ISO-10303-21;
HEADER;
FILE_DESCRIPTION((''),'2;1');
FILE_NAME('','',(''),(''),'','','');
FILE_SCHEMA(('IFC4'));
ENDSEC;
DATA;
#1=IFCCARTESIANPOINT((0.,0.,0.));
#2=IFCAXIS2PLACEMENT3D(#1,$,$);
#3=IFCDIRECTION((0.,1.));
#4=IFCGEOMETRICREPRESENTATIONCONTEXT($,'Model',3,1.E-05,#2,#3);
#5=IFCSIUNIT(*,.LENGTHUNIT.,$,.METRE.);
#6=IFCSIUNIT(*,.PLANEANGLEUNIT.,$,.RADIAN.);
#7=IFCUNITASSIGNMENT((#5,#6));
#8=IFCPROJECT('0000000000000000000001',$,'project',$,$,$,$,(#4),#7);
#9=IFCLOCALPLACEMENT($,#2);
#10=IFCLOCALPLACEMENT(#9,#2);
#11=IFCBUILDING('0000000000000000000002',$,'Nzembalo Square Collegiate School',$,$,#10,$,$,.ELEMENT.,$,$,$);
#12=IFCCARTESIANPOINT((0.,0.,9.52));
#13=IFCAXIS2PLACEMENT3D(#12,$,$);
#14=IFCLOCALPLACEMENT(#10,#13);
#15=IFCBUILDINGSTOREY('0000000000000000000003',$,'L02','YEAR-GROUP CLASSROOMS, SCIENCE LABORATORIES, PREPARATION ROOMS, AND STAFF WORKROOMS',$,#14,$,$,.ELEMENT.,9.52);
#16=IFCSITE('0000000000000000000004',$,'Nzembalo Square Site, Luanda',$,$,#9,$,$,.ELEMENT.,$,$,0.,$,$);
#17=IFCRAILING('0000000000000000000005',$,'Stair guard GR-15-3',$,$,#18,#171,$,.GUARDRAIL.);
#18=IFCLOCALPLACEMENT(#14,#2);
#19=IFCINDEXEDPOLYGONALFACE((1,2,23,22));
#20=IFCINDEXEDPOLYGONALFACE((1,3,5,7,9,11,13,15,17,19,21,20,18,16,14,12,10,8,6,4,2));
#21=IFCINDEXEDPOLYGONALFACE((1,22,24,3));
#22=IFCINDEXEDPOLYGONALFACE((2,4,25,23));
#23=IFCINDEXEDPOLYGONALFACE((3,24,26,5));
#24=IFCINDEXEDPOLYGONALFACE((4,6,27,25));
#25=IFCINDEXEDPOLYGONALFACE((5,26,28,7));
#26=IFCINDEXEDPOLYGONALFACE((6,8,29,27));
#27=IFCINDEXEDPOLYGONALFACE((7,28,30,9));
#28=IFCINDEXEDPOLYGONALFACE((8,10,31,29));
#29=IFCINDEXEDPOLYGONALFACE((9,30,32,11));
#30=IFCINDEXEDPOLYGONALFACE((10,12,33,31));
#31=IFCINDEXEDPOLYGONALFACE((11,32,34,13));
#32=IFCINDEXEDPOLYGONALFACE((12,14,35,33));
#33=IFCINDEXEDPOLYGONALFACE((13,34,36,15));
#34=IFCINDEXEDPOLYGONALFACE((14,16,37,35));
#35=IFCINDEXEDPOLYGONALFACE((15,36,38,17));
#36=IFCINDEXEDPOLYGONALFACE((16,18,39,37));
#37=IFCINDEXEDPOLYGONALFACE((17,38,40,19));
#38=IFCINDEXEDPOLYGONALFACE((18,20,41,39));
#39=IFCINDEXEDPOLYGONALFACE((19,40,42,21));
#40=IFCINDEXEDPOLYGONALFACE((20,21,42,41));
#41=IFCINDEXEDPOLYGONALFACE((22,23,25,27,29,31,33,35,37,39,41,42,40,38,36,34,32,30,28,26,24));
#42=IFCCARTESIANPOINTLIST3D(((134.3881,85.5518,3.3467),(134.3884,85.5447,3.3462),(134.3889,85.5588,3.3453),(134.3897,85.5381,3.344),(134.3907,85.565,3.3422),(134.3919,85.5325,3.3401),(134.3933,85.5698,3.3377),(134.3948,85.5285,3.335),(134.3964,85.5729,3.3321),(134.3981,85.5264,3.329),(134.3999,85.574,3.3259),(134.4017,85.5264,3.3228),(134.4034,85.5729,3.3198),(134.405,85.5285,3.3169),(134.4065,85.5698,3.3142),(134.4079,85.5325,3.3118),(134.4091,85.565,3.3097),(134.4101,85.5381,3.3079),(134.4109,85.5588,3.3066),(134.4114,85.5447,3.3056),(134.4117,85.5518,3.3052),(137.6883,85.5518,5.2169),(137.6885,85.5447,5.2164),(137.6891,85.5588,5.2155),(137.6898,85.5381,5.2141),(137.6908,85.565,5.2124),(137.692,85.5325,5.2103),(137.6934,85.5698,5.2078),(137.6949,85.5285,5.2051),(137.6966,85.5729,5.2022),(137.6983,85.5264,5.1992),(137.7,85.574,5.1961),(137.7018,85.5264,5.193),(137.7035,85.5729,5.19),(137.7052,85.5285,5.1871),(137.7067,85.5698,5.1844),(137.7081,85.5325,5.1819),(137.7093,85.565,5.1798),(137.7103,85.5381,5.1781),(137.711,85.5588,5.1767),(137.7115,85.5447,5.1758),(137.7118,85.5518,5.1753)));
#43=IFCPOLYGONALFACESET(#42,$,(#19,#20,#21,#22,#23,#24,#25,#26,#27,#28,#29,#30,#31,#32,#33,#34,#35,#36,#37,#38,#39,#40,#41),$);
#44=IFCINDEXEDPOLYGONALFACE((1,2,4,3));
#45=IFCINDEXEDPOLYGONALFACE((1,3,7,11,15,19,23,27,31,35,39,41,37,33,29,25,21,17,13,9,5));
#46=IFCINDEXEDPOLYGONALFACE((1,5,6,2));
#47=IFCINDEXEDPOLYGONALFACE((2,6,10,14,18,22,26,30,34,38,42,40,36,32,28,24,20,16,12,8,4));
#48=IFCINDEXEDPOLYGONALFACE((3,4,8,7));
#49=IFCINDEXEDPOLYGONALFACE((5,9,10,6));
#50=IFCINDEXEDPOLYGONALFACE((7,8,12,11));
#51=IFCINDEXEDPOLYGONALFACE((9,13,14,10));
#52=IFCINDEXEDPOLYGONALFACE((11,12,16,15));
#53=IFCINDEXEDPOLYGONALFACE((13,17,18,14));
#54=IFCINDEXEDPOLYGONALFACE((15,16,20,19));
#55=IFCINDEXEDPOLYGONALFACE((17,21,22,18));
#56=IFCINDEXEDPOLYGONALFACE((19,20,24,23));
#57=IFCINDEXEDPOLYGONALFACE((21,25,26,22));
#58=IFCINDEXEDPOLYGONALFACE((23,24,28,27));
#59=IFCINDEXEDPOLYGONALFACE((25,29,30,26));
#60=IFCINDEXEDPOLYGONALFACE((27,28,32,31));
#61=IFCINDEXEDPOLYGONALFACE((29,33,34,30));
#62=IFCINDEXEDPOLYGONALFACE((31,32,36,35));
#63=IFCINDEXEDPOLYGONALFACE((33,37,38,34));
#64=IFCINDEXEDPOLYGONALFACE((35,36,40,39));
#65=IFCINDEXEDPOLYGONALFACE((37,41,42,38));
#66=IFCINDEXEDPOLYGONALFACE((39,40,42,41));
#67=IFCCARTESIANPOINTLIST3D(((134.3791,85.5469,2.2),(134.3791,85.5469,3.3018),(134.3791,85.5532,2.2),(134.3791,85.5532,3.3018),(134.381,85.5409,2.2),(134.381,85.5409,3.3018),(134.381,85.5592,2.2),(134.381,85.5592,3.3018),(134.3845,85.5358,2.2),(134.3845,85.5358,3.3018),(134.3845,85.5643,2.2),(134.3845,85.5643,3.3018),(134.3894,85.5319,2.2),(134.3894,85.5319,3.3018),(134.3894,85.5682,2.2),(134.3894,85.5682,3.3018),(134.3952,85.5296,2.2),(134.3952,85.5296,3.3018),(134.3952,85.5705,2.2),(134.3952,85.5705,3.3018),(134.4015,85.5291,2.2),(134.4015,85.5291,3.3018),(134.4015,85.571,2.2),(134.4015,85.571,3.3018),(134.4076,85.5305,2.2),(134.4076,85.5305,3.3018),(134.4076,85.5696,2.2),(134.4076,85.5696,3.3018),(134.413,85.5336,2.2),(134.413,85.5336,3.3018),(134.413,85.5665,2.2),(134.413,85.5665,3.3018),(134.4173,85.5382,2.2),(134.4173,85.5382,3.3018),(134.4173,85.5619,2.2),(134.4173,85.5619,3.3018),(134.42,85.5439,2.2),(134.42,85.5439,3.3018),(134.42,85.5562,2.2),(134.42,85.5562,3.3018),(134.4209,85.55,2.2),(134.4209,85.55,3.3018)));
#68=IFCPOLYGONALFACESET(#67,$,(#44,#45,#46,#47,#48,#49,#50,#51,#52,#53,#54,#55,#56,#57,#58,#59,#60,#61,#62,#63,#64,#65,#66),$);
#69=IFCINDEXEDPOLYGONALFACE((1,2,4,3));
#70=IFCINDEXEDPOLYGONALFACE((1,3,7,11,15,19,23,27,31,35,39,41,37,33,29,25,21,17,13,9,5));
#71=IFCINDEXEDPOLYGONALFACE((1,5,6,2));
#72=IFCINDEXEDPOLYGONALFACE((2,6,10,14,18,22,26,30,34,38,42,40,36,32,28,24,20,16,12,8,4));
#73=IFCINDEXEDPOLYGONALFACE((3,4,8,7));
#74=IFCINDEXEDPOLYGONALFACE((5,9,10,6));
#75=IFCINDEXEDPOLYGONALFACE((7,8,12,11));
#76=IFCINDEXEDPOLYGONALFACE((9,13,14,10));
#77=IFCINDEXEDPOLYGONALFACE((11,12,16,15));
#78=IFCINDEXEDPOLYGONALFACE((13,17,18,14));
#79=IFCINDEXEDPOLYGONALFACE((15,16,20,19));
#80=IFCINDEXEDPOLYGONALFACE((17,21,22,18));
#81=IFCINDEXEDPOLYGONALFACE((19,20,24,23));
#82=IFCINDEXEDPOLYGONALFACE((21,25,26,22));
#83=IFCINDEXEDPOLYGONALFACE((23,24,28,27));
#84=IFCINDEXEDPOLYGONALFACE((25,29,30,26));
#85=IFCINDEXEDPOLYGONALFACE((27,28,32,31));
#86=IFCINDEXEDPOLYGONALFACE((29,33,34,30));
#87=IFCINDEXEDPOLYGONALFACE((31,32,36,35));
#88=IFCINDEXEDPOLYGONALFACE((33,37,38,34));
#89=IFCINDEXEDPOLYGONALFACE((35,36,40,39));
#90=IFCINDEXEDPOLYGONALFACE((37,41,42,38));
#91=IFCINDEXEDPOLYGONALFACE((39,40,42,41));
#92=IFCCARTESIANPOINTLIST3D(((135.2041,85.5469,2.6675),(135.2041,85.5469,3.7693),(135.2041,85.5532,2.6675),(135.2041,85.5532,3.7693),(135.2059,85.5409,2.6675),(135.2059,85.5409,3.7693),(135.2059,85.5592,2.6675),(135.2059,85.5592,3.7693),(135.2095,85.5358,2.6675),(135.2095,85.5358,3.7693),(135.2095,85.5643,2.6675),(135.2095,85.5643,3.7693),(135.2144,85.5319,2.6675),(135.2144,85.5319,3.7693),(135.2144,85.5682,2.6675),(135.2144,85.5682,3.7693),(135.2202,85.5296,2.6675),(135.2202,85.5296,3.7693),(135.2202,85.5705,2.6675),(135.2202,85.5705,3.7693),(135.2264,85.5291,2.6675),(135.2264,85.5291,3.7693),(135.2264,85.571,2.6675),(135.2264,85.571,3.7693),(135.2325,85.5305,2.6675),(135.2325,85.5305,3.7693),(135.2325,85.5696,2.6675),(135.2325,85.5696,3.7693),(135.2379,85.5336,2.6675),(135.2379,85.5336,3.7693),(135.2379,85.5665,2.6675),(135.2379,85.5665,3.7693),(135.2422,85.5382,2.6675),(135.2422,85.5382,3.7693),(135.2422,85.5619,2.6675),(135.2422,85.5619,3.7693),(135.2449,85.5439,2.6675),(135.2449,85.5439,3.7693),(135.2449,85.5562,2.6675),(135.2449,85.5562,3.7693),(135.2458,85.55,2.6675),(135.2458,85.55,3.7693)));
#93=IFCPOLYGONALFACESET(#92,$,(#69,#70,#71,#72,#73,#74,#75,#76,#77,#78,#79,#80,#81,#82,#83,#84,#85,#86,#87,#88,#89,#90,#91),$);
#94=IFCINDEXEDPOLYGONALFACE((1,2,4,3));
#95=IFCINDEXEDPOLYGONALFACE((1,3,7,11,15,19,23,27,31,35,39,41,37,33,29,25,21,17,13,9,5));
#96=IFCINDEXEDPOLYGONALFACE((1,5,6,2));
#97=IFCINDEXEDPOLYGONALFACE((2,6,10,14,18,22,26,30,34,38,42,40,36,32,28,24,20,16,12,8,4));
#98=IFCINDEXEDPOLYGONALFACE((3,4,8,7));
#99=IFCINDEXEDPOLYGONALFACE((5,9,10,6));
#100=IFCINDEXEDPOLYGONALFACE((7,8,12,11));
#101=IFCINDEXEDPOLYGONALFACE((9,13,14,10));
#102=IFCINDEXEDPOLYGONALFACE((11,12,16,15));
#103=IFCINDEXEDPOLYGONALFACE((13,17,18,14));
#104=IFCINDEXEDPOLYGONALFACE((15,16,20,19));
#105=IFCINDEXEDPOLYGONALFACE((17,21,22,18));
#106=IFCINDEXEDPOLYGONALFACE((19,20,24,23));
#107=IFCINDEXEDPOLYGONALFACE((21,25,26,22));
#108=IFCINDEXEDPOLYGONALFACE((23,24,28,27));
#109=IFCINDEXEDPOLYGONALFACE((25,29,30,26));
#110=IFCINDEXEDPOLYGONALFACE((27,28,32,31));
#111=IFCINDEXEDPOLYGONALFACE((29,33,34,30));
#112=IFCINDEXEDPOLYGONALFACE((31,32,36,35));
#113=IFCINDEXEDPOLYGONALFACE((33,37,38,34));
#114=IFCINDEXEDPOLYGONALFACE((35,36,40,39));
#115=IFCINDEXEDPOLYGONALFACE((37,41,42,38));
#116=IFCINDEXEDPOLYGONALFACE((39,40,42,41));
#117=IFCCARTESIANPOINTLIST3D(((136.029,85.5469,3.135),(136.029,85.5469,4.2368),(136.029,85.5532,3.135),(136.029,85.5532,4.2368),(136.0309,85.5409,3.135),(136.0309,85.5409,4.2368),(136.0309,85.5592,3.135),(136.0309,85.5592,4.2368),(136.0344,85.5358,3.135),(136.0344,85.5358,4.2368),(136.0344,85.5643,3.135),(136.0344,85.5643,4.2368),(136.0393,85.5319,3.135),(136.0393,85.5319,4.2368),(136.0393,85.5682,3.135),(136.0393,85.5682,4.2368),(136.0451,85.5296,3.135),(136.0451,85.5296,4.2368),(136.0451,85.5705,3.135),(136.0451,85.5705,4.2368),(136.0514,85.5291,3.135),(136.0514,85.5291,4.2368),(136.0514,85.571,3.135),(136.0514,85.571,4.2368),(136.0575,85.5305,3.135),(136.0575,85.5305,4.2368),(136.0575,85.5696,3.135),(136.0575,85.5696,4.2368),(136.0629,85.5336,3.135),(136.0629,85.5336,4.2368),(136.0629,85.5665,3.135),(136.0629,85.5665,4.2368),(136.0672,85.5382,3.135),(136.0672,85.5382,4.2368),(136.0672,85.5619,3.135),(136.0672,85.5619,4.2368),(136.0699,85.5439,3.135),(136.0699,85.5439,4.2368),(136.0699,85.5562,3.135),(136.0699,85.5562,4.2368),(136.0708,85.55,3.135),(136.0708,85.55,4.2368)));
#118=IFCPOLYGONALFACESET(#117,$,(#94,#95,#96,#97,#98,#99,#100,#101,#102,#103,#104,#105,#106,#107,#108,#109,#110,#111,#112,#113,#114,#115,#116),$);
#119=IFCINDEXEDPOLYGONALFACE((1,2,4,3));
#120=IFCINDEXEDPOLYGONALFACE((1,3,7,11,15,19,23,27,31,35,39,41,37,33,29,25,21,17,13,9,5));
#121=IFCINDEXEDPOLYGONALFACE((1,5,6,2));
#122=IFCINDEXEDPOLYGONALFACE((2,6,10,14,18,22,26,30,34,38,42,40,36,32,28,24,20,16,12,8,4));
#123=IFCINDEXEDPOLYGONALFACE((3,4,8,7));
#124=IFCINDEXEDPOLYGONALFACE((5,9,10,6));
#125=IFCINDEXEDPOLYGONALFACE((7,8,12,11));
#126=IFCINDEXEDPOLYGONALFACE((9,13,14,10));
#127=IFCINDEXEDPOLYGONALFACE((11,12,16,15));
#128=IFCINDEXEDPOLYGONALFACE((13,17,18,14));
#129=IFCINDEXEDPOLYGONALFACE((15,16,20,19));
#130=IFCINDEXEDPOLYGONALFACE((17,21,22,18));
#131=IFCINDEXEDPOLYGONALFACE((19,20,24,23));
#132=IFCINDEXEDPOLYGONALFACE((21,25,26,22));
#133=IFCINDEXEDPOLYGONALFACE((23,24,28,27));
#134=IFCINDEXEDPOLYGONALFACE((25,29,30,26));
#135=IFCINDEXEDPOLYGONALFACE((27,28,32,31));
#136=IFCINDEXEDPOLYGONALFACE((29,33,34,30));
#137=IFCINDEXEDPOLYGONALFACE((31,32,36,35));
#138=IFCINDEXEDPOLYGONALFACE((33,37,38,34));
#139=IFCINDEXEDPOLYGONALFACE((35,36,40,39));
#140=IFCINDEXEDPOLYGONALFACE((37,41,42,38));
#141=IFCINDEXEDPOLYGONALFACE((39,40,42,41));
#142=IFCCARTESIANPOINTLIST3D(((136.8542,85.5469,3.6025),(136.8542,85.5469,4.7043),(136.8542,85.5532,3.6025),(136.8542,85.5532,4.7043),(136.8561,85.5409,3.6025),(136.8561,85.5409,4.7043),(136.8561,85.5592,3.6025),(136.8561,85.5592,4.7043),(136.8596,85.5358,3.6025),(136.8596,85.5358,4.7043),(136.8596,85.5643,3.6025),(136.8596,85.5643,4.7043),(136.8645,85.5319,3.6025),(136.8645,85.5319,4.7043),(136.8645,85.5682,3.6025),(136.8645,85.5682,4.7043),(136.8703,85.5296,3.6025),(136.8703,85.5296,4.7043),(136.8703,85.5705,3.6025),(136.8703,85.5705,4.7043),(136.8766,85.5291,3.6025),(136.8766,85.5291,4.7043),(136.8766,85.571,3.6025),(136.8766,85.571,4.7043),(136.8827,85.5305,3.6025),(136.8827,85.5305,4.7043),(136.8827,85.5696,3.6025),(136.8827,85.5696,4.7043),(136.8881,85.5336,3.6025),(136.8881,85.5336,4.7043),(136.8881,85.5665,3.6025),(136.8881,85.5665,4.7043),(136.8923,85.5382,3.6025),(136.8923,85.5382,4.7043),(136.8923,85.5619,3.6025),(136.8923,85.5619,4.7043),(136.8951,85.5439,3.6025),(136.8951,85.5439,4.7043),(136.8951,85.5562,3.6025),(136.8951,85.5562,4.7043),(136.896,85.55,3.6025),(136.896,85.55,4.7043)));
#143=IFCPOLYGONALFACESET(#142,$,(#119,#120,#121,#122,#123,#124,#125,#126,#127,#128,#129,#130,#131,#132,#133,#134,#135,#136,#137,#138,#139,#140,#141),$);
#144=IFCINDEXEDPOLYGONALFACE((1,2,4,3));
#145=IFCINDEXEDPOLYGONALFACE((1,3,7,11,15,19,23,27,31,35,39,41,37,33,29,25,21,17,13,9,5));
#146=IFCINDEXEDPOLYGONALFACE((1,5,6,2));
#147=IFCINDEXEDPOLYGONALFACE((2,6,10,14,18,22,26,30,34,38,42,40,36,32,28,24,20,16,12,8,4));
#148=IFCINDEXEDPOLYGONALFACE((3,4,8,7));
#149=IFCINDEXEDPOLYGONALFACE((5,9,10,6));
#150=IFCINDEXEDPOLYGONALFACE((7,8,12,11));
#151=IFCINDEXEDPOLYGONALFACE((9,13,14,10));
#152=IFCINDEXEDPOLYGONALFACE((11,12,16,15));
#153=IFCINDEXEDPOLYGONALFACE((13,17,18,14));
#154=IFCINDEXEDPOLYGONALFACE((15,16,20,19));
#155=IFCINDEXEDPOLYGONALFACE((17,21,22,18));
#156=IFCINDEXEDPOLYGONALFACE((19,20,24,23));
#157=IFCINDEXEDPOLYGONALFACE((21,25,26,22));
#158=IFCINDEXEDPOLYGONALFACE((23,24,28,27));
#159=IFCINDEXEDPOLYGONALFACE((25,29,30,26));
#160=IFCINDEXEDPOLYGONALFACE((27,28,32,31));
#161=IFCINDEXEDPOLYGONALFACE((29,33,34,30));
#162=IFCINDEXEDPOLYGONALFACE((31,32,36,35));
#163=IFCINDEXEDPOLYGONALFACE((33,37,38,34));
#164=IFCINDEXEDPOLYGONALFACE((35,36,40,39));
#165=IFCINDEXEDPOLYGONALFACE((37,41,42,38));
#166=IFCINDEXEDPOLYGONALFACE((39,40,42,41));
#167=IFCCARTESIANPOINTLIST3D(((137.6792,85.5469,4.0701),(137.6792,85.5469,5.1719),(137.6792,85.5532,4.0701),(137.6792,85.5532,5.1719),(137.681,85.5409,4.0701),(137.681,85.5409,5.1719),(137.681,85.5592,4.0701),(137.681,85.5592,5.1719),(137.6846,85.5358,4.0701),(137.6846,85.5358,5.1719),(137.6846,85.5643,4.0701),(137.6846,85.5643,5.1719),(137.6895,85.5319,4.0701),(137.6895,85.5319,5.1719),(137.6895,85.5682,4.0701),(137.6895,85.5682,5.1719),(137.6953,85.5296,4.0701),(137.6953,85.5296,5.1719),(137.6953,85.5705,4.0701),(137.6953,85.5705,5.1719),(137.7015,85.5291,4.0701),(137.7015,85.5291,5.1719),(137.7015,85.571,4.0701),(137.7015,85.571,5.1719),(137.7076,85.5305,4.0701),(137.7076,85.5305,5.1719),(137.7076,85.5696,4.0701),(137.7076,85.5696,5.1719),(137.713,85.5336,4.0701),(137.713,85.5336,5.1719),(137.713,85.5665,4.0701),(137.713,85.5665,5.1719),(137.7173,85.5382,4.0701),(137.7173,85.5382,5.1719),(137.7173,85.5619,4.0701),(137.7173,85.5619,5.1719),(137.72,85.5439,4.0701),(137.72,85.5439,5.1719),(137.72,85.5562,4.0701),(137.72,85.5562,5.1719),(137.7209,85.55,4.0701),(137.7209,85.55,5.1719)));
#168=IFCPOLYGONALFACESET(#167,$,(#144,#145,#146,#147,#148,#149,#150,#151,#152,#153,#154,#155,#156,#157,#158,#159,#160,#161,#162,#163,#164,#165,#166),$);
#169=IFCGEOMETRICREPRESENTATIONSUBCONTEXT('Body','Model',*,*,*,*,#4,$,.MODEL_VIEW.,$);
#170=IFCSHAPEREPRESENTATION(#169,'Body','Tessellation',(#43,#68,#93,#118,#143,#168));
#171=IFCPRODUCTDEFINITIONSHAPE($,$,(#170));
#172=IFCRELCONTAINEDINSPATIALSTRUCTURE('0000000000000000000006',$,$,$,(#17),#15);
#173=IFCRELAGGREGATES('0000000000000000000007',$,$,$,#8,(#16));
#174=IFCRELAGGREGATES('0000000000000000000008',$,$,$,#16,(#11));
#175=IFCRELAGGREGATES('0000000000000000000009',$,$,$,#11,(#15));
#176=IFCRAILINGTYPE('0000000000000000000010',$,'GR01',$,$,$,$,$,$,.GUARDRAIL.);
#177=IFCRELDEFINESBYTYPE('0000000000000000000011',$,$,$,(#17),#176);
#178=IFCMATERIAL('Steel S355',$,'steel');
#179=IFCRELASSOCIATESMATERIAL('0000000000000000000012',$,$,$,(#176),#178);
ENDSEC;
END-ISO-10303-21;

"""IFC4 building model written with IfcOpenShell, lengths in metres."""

from ifc_helpers import new_model, si_unit, direction, frame, origin, origin_2d, place, context, subcontext, project, spatial, circle, extrude, material, type_object, element, save


model = new_model("IFC4")

# Units and contexts
model_context = context("Model", 3, precision=1e-05, world=origin(), true_north=direction((0.0, 1.0)))
body_context = subcontext(model_context, "Body", "Model", "MODEL_VIEW")
ifc_project = project(units=[si_unit("LENGTHUNIT", "METRE"), si_unit("PLANEANGLEUNIT", "RADIAN")], contexts=[model_context])

# Site, building, storey
site_placement = place(None, origin())
site = spatial("IfcSite", under=ifc_project, at=site_placement, Name="Nzembalo Square Site, Luanda", CompositionType="ELEMENT", RefElevation=0.0)
building_placement = place(site_placement, origin())
building = spatial("IfcBuilding", under=site, at=building_placement, Name="Nzembalo Square Collegiate School", CompositionType="ELEMENT")
storey_placement = place(building_placement, frame((0.0, 0.0, 9.52)))
storey = spatial("IfcBuildingStorey", under=building, at=storey_placement, Name="L02", Description="YEAR-GROUP CLASSROOMS, SCIENCE LABORATORIES, PREPARATION ROOMS, AND STAFF WORKROOMS", CompositionType="ELEMENT", Elevation=9.52)

# Railing
ifc_material_1 = material(Name="Steel S355", Category="steel")
railing_type = type_object("IfcRailingType", Name="GR01", PredefinedType="GUARDRAIL", material=ifc_material_1)
railing_1_placement = place(storey_placement, frame((134.3999, 85.55, 2.2)))
element("IfcRailing", 1, at=railing_1_placement, inside=storey, type_object=railing_type, Name="Stair guard GR-15-3", PredefinedType="GUARDRAIL", context=body_context, shape_type="SweptSolid", body=[
    extrude(circle(Radius=0.0239, at=origin_2d()), frame((0.0, 0.0, 1.126), z_axis=(0.870012, 0.0, 0.49303), x_axis=(0.0, 1.0, 0.0)), (0.0, 0.0, 1.0), 3.7932),
    extrude(circle(Radius=0.021, at=origin_2d()), origin(), (0.0, 0.0, 1.0), 1.1018),
    extrude(circle(Radius=0.021, at=origin_2d()), frame((0.825, 0.0, 0.4675)), (0.0, 0.0, 1.0), 1.1018),
    extrude(circle(Radius=0.021, at=origin_2d()), frame((1.6499, 0.0, 0.9351)), (0.0, 0.0, 1.0), 1.1018),
    extrude(circle(Radius=0.021, at=origin_2d()), frame((2.4751, 0.0, 1.4026)), (0.0, 0.0, 1.0), 1.1018),
    extrude(circle(Radius=0.021, at=origin_2d()), frame((3.3, 0.0, 1.8701)), (0.0, 0.0, 1.0), 1.1018),
])

save(model, "model.ifc")
